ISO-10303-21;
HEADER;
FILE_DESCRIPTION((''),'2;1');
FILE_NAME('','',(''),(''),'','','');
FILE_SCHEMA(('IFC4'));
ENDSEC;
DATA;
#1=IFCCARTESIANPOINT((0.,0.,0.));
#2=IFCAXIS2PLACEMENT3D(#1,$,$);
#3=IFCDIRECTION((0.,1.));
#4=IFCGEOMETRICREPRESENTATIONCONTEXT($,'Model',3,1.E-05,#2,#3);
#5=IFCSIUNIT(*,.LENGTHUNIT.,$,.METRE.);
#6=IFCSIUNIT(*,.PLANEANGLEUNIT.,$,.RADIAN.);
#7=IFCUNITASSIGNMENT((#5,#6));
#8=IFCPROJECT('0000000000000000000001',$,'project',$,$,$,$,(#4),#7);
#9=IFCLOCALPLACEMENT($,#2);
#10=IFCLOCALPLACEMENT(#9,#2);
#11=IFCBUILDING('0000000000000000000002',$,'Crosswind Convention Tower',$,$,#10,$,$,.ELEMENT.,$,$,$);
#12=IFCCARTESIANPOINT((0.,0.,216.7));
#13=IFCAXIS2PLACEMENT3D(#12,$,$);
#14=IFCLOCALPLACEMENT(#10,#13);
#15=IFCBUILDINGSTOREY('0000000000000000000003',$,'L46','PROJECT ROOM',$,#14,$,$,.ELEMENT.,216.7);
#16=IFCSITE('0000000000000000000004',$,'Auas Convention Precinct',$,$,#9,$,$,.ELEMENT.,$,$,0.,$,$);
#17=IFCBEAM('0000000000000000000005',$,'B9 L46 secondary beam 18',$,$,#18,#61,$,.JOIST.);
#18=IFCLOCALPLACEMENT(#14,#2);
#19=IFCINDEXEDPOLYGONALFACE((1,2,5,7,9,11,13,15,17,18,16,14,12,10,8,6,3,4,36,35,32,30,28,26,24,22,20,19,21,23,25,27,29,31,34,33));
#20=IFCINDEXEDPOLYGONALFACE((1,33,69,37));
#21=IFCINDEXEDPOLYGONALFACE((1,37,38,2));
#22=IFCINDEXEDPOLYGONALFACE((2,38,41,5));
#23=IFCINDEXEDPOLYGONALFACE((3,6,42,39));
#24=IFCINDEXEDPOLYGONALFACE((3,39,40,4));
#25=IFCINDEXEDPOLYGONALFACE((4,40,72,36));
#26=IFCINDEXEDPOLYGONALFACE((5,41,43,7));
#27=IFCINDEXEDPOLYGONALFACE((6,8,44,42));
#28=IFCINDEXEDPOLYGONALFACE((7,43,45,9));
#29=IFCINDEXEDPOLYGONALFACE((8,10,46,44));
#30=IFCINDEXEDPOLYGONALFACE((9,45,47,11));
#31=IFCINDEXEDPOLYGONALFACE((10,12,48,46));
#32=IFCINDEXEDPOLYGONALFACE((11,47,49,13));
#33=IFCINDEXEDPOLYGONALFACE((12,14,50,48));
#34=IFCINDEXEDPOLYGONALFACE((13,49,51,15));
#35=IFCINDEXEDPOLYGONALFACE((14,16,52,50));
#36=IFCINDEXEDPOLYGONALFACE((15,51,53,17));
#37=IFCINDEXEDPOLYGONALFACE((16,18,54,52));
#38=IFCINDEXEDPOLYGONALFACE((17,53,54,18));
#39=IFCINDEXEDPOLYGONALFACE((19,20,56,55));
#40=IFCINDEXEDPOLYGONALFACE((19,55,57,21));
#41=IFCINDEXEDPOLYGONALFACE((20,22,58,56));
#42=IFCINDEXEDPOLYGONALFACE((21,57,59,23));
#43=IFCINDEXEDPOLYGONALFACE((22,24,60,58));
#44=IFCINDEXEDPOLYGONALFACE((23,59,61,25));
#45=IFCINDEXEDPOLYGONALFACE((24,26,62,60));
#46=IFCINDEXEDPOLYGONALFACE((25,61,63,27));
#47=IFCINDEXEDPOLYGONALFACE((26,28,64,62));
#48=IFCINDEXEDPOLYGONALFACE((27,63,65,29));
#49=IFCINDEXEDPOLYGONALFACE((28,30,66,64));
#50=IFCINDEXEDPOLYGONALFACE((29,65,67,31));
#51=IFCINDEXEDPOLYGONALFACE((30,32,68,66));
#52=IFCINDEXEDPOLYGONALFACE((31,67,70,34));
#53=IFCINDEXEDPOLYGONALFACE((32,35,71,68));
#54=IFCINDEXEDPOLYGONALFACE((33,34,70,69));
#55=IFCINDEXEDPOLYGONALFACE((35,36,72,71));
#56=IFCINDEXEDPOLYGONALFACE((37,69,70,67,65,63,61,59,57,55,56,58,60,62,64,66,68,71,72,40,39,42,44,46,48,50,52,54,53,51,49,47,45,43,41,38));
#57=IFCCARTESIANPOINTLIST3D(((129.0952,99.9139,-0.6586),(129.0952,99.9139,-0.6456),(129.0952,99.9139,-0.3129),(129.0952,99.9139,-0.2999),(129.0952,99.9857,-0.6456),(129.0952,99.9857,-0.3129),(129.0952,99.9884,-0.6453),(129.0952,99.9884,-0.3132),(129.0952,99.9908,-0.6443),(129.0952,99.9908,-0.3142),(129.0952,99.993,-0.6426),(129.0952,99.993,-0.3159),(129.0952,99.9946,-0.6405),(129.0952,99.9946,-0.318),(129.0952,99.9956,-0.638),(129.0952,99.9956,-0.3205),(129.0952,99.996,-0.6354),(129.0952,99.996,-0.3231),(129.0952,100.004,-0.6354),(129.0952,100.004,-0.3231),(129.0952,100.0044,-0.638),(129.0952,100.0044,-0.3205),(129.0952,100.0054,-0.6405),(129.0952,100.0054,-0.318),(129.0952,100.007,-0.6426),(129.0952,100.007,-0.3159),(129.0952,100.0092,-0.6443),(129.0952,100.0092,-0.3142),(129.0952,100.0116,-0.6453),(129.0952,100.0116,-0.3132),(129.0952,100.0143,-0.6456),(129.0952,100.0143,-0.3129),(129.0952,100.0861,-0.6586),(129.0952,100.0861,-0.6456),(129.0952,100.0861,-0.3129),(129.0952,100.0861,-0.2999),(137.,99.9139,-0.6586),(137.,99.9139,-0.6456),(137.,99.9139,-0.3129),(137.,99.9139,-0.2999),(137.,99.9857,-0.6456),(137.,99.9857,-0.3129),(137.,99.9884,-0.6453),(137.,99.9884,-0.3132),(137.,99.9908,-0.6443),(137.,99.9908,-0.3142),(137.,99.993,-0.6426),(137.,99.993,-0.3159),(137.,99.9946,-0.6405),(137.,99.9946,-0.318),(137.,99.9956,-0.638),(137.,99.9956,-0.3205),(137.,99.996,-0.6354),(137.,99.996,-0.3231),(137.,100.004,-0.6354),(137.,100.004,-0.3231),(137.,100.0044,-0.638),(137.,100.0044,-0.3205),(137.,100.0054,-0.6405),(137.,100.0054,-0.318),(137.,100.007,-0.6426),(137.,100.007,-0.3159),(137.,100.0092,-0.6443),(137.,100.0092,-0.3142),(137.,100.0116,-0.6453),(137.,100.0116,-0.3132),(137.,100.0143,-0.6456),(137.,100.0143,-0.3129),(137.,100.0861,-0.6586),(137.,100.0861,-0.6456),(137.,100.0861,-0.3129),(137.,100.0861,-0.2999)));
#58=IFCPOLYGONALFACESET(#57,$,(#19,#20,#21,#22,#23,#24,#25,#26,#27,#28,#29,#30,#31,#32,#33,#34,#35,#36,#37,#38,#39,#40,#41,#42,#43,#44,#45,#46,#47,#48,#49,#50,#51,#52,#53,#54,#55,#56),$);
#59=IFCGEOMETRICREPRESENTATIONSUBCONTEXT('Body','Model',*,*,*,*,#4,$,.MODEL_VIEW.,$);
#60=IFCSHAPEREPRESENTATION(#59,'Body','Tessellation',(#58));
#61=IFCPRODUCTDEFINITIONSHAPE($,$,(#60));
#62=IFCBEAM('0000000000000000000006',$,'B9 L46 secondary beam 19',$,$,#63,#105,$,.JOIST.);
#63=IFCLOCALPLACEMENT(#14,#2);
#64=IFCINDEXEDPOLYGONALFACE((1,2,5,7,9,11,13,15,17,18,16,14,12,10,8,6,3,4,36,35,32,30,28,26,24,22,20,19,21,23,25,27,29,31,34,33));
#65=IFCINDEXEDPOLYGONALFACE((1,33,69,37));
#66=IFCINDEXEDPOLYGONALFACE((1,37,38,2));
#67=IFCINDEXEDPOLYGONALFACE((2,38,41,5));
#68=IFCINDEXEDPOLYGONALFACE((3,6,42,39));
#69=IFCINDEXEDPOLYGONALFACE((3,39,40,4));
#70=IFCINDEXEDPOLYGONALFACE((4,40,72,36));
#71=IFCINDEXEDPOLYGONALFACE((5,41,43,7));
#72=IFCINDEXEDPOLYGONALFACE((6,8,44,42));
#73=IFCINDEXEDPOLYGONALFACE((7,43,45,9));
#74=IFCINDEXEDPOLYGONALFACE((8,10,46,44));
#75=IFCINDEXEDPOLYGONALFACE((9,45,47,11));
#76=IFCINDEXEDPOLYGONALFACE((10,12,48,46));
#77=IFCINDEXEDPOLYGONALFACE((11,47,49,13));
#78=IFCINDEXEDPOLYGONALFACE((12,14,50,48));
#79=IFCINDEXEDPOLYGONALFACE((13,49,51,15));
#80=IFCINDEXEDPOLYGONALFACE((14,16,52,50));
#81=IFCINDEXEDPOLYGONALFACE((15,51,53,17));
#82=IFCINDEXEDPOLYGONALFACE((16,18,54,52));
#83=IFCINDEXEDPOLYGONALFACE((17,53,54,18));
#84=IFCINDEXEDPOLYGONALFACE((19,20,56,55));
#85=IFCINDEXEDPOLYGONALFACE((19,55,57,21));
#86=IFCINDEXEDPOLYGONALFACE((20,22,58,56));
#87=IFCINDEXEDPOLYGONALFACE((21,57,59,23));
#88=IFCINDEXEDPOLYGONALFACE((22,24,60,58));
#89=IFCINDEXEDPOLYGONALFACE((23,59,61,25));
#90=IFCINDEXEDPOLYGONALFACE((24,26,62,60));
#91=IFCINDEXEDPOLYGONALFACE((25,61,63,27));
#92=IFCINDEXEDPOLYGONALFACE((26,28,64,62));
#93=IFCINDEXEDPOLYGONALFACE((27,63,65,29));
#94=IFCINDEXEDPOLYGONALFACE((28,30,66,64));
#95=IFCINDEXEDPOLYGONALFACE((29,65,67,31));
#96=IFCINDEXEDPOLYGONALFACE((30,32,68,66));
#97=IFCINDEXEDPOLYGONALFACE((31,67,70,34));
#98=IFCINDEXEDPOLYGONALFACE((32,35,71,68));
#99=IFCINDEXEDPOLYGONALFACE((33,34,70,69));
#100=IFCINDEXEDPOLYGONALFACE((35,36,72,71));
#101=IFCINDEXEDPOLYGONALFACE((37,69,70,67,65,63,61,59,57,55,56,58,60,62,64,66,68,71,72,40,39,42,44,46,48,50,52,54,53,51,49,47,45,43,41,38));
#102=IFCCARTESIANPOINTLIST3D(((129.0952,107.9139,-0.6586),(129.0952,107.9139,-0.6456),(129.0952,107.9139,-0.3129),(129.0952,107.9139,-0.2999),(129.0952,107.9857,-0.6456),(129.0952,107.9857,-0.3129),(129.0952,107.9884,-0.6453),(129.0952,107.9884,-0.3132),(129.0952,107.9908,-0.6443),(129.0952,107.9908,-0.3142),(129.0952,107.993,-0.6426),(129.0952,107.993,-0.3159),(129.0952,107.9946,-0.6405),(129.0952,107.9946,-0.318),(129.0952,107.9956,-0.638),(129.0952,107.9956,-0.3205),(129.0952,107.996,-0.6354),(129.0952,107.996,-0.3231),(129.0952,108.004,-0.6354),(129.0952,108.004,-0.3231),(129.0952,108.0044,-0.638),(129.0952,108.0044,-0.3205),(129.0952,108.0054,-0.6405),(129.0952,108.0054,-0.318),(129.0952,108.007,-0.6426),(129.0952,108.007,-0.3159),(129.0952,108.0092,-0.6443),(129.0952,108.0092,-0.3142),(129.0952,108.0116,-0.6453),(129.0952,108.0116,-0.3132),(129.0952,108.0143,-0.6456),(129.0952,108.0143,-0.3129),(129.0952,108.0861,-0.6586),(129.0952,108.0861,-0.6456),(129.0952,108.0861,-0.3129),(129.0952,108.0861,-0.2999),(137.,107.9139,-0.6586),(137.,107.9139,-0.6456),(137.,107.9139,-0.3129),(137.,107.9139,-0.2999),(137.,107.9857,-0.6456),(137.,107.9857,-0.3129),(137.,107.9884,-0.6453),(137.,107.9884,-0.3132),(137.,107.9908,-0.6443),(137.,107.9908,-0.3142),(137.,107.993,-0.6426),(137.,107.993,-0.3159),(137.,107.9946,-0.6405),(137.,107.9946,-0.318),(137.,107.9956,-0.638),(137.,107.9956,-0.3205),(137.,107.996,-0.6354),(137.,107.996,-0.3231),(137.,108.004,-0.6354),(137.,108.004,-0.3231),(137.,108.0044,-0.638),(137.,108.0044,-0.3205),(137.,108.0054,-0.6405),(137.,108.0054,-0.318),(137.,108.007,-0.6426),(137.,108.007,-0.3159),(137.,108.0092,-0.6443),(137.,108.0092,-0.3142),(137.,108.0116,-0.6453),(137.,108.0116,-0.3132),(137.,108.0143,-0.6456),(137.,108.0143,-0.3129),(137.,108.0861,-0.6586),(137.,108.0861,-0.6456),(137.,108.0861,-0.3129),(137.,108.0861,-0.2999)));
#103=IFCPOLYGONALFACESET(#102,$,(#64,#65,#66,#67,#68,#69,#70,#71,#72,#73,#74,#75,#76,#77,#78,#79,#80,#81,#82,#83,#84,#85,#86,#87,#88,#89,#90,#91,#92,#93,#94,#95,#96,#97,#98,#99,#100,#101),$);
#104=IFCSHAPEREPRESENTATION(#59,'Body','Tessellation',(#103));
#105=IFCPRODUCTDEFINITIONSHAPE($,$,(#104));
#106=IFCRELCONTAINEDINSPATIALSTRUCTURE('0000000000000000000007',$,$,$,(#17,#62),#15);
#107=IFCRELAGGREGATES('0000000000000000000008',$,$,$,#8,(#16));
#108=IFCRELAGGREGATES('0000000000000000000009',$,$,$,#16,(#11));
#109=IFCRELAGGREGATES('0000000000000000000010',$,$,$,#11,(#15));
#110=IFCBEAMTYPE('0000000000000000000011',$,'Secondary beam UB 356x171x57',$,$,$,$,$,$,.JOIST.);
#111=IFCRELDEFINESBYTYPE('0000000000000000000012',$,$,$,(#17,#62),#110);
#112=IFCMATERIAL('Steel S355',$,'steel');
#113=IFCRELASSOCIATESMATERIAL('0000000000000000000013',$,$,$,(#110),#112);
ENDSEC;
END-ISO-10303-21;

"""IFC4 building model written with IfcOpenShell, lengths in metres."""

from ifc_helpers import new_model, si_unit, direction, frame, origin, origin_2d, place, context, subcontext, project, spatial, i_section, extrude, material, material_profile, profile_set, type_object, element, save


model = new_model("IFC4")

# Units and contexts
model_context = context("Model", 3, precision=1e-05, world=origin(), true_north=direction((0.0, 1.0)))
body_context = subcontext(model_context, "Body", "Model", "MODEL_VIEW")
ifc_project = project(units=[si_unit("LENGTHUNIT", "METRE"), si_unit("PLANEANGLEUNIT", "RADIAN")], contexts=[model_context])

# Site, building, storey
site_placement = place(None, origin())
site = spatial("IfcSite", under=ifc_project, at=site_placement, Name="Auas Convention Precinct", CompositionType="ELEMENT", RefElevation=0.0)
building_placement = place(site_placement, origin())
building = spatial("IfcBuilding", under=site, at=building_placement, Name="Crosswind Convention Tower", CompositionType="ELEMENT")
storey_placement = place(building_placement, frame((0.0, 0.0, 216.7)))
storey = spatial("IfcBuildingStorey", under=building, at=storey_placement, Name="L46", Description="PROJECT ROOM", CompositionType="ELEMENT", Elevation=216.7)

# Beams
ifc_material_1 = material(Name="Steel S355", Category="steel")
ifc_material_profile_1 = material_profile(ifc_material_1, i_section(OverallWidth=0.1721, OverallDepth=0.3586, WebThickness=0.0081, FlangeThickness=0.0129, FilletRadius=0.0103, at=origin_2d()), Name="UB 356x171x57")
ifc_profile_set_1 = profile_set([ifc_material_profile_1], Name="Steel S355")
beam_type_1 = type_object("IfcBeamType", Name="Secondary beam UB 356x171x57", PredefinedType="JOIST", material=ifc_profile_set_1)
for number, where, z_axis, x_axis, name in (
    (1, (129.0952, 100.0, -0.4792), (1.0, 0.0, 0.0), (0.0, 1.0, 0.0), "B9 L46 secondary beam 18"),
    (2, (129.0952, 108.0, -0.4792), (1.0, 0.0, 0.0), (0.0, 1.0, 0.0), "B9 L46 secondary beam 19"),
):
    element("IfcBeam", number, at=place(storey_placement, frame(where, z_axis=z_axis, x_axis=x_axis)), inside=storey, type_object=beam_type_1, Name=name, PredefinedType="JOIST", context=body_context, shape_type="SweptSolid", body=[
        extrude(i_section(OverallWidth=0.1721, OverallDepth=0.3586, WebThickness=0.0081, FlangeThickness=0.0129, FilletRadius=0.0103, at=origin_2d()), origin(), (0.0, 0.0, 1.0), 7.9048),
    ])

save(model, "model.ifc")
